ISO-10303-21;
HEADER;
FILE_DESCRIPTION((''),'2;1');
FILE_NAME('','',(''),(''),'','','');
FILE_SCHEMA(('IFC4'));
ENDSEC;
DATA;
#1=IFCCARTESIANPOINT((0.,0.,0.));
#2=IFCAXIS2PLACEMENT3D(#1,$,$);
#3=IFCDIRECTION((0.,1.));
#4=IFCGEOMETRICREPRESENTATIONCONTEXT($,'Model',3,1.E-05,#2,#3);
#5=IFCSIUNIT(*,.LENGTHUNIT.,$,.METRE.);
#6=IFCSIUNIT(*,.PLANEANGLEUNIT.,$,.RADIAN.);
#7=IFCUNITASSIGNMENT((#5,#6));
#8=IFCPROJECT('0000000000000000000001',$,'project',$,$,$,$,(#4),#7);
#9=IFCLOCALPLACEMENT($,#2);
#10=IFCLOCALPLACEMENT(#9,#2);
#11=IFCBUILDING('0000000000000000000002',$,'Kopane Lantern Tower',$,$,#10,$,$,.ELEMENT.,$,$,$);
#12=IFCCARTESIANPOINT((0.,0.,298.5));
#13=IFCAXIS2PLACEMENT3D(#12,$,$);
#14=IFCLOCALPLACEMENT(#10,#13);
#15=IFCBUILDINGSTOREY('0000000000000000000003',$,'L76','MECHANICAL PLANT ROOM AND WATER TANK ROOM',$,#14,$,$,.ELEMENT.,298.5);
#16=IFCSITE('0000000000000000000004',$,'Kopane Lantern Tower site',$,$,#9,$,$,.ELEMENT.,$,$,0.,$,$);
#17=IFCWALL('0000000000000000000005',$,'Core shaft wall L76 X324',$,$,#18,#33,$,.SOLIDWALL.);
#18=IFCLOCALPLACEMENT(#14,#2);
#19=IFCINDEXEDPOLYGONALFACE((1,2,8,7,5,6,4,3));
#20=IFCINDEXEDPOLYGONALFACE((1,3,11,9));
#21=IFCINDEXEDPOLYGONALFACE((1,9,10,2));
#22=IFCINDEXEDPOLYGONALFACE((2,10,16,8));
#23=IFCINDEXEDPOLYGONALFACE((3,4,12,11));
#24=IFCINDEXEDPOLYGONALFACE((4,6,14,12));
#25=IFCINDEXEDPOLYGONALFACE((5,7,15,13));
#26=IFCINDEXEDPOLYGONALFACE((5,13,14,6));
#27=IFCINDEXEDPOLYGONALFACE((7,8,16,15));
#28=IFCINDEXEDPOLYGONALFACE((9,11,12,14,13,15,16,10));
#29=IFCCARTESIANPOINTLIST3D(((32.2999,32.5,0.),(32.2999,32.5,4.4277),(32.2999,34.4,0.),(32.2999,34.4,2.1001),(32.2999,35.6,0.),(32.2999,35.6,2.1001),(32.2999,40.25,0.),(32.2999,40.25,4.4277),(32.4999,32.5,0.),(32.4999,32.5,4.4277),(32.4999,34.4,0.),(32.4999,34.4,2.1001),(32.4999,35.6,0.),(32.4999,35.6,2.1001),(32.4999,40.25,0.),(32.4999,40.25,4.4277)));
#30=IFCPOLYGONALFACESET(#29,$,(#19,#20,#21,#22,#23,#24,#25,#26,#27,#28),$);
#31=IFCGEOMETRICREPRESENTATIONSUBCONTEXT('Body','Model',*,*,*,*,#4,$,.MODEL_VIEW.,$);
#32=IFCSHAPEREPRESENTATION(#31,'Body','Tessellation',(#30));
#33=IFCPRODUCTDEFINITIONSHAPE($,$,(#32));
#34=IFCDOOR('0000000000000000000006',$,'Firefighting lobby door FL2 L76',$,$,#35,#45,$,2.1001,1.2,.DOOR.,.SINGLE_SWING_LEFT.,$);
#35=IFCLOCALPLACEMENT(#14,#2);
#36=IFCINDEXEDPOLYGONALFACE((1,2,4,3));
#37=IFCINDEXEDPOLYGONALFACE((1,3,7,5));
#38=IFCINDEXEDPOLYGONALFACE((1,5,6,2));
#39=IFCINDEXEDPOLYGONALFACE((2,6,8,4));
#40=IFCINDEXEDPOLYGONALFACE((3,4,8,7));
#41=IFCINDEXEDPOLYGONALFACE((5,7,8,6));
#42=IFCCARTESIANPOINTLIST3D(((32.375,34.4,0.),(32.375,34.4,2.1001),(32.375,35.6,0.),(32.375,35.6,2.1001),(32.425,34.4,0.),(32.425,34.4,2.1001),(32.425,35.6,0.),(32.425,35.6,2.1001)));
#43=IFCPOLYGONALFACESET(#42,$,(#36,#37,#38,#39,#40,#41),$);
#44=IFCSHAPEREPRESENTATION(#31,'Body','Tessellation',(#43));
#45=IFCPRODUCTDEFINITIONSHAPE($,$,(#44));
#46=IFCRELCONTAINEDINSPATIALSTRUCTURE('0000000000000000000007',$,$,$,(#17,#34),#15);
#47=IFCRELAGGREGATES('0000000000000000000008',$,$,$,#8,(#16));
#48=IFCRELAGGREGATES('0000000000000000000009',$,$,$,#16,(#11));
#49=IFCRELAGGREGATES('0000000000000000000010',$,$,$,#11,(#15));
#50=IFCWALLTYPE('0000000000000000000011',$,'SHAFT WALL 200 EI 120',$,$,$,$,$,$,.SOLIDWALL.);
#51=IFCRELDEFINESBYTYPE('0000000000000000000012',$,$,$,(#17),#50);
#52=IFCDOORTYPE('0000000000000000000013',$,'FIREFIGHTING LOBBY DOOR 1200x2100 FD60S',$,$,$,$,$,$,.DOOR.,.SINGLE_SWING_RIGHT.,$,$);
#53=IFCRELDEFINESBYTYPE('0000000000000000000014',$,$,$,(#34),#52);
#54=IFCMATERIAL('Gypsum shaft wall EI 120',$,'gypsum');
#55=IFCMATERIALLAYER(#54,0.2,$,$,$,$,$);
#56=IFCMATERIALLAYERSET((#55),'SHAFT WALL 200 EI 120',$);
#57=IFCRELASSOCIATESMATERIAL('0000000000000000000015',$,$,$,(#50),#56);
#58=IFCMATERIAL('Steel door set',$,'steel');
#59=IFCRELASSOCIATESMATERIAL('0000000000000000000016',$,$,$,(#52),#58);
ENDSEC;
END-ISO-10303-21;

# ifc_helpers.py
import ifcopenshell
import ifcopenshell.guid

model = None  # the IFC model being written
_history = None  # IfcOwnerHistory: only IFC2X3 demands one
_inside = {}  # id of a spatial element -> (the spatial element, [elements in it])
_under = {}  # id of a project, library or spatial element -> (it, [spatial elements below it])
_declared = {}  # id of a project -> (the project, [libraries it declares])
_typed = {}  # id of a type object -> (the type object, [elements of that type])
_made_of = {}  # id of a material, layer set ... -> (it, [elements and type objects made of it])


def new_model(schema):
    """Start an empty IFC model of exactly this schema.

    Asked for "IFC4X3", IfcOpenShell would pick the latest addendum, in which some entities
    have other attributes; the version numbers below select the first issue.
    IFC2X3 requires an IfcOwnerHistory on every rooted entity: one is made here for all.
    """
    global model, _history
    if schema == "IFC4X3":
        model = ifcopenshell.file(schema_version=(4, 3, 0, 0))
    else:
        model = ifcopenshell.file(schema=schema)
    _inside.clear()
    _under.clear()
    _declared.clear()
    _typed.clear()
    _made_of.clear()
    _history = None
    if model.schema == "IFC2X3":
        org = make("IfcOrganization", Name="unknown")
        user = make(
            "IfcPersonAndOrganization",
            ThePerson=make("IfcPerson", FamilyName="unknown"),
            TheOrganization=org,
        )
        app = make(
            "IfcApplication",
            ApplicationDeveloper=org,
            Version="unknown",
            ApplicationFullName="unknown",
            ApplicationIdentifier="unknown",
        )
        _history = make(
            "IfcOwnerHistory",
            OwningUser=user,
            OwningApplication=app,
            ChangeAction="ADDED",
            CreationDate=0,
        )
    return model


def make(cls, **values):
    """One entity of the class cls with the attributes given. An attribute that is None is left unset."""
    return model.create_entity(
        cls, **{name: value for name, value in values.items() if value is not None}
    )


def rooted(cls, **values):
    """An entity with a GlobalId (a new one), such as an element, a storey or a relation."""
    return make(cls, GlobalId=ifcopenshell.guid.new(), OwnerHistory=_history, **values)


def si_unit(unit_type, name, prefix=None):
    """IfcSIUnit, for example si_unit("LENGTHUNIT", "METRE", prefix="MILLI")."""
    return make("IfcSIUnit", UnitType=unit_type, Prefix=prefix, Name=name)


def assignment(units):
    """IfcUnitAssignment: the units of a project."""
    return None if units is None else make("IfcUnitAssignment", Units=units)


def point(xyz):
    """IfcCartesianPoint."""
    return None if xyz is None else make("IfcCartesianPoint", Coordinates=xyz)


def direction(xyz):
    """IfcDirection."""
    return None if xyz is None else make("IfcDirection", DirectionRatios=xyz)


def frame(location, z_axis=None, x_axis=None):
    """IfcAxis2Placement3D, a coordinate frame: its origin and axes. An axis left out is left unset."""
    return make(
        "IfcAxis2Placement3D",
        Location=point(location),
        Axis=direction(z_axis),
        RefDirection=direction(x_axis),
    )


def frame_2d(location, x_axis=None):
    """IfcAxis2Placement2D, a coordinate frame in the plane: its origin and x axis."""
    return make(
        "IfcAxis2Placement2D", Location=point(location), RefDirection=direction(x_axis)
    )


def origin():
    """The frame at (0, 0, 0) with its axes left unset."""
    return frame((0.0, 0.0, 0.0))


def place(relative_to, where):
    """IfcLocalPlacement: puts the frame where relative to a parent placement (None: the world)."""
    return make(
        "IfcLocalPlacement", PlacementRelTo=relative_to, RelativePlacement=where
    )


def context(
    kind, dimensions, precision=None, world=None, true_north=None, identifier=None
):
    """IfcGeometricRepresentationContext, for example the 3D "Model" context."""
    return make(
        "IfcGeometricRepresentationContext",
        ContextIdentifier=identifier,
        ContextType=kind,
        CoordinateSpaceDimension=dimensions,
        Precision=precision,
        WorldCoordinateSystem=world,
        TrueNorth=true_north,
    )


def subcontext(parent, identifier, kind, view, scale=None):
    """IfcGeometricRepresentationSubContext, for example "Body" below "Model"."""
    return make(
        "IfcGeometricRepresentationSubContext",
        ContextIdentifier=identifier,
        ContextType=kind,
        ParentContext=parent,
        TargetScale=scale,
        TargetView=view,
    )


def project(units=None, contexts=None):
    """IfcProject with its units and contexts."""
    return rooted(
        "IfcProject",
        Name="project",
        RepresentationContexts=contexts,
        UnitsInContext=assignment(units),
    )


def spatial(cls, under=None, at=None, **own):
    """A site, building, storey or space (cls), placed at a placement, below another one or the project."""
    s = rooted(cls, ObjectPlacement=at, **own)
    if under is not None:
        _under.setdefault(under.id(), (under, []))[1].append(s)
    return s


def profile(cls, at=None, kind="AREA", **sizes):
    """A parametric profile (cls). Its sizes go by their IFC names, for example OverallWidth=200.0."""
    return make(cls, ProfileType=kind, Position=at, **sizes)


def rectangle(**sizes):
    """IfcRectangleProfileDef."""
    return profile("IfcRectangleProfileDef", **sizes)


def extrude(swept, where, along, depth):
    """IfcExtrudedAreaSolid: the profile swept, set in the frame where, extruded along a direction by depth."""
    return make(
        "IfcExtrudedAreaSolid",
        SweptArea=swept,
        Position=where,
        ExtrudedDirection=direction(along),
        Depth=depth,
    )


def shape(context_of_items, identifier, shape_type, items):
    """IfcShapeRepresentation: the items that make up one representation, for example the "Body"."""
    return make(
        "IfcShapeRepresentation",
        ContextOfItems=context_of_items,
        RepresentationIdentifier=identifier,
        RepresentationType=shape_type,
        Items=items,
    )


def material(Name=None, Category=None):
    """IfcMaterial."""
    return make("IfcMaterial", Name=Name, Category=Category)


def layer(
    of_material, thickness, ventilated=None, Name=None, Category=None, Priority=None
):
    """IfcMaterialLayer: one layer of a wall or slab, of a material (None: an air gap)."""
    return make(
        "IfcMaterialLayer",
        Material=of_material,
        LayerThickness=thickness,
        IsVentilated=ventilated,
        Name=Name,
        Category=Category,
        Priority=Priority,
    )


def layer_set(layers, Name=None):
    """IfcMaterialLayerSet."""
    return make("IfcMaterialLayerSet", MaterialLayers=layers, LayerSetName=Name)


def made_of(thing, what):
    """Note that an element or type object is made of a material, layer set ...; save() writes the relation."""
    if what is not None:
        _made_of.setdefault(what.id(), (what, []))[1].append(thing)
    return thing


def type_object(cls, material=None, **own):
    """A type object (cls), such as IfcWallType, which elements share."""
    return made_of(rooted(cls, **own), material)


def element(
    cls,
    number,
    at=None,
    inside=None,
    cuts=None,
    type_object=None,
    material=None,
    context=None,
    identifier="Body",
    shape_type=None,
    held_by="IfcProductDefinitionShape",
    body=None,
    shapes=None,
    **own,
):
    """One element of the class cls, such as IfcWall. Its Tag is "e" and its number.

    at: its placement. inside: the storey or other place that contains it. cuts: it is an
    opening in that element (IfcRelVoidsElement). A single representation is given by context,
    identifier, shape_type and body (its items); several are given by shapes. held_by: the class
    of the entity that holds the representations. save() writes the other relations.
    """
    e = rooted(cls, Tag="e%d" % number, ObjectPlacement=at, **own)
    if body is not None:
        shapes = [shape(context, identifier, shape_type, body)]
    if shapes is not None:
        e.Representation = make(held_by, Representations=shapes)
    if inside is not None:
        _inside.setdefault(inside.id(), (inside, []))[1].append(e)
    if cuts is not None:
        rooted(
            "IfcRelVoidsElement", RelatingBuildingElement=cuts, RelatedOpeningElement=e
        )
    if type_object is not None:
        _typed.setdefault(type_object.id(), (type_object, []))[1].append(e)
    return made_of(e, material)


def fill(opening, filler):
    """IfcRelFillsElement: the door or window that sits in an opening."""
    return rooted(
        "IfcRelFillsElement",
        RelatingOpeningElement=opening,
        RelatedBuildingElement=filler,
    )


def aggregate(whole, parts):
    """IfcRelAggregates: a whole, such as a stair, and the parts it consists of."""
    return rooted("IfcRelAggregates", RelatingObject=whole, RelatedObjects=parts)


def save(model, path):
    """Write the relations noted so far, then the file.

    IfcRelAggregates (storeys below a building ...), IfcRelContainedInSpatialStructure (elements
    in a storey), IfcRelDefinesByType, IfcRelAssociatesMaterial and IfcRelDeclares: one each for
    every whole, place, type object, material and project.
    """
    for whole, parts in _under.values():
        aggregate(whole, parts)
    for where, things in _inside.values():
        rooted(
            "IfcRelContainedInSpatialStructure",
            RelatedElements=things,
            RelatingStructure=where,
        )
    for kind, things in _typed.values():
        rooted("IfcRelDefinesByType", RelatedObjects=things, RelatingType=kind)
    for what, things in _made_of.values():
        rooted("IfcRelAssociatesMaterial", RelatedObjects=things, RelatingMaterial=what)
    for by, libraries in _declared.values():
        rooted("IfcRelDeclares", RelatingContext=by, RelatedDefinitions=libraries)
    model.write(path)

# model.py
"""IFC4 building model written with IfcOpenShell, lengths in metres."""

from ifc_helpers import new_model, si_unit, direction, frame, frame_2d, origin, place, context, subcontext, project, spatial, rectangle, extrude, material, layer, layer_set, type_object, element, fill, save


model = new_model("IFC4")

# Units and contexts
model_context = context("Model", 3, precision=1e-05, world=origin(), true_north=direction((0.0, 1.0)))
body_context = subcontext(model_context, "Body", "Model", "MODEL_VIEW")
ifc_project = project(units=[si_unit("LENGTHUNIT", "METRE"), si_unit("PLANEANGLEUNIT", "RADIAN")], contexts=[model_context])

# Site, building, storey
site_placement = place(None, origin())
site = spatial("IfcSite", under=ifc_project, at=site_placement, Name="Kopane Lantern Tower site", CompositionType="ELEMENT", RefElevation=0.0)
building_placement = place(site_placement, origin())
building = spatial("IfcBuilding", under=site, at=building_placement, Name="Kopane Lantern Tower", CompositionType="ELEMENT")
storey_placement = place(building_placement, frame((0.0, 0.0, 298.5)))
storey = spatial("IfcBuildingStorey", under=building, at=storey_placement, Name="L76", Description="MECHANICAL PLANT ROOM AND WATER TANK ROOM", CompositionType="ELEMENT", Elevation=298.5)

# Shared definitions
ifc_material_1 = material(Name="Gypsum shaft wall EI 120", Category="gypsum")
ifc_layer_1 = layer(ifc_material_1, 0.2)
ifc_layer_set_1 = layer_set([ifc_layer_1], Name="SHAFT WALL 200 EI 120")
wall_type_1 = type_object("IfcWallType", Name="SHAFT WALL 200 EI 120", PredefinedType="SOLIDWALL", material=ifc_layer_set_1)

# Wall, opening, door
wall_1_placement = place(storey_placement, frame((32.3999, 32.5, 0.0), z_axis=(0.0, 0.0, 1.0), x_axis=(0.0, 1.0, 0.0)))
wall_1 = element("IfcWall", 1, at=wall_1_placement, inside=storey, type_object=wall_type_1, Name="Core shaft wall L76 X324", PredefinedType="SOLIDWALL", context=body_context, shape_type="SweptSolid", body=[
    extrude(rectangle(XDim=7.75, YDim=0.2, at=frame_2d((3.875, 0.0))), origin(), (0.0, 0.0, 1.0), 4.4277),
])
opening_1_placement = place(wall_1_placement, frame((1.8999, 0.0, 0.0)))
opening_1 = element("IfcOpeningElement", 2, at=opening_1_placement, cuts=wall_1, PredefinedType="OPENING", context=body_context, shape_type="SweptSolid", body=[
    extrude(rectangle(XDim=1.2, YDim=2.1001, at=frame_2d((0.6001, 1.05))), frame((0.0, 0.1099, 0.0), z_axis=(0.0, -1.0, 0.0), x_axis=(1.0, 0.0, 0.0)), (0.0, 0.0, 1.0), 0.22),
])
ifc_material_2 = material(Name="Steel door set", Category="steel")
door_type_1 = type_object("IfcDoorType", Name="FIREFIGHTING LOBBY DOOR 1200x2100 FD60S", OperationType="SINGLE_SWING_RIGHT", PredefinedType="DOOR", material=ifc_material_2)
door_1_placement = place(opening_1_placement, origin())
door_1 = element("IfcDoor", 3, at=door_1_placement, inside=storey, type_object=door_type_1, Name="Firefighting lobby door FL2 L76", OperationType="SINGLE_SWING_LEFT", OverallHeight=2.1001, OverallWidth=1.2, PredefinedType="DOOR", context=body_context, shape_type="SweptSolid", body=[
    extrude(rectangle(XDim=1.2, YDim=2.1001, at=frame_2d((0.6001, 1.05))), frame((0.0, 0.0249, 0.0), z_axis=(0.0, -1.0, 0.0), x_axis=(1.0, 0.0, 0.0)), (0.0, 0.0, 1.0), 0.05),
])
fill(opening_1, door_1)

save(model, "model.ifc")
